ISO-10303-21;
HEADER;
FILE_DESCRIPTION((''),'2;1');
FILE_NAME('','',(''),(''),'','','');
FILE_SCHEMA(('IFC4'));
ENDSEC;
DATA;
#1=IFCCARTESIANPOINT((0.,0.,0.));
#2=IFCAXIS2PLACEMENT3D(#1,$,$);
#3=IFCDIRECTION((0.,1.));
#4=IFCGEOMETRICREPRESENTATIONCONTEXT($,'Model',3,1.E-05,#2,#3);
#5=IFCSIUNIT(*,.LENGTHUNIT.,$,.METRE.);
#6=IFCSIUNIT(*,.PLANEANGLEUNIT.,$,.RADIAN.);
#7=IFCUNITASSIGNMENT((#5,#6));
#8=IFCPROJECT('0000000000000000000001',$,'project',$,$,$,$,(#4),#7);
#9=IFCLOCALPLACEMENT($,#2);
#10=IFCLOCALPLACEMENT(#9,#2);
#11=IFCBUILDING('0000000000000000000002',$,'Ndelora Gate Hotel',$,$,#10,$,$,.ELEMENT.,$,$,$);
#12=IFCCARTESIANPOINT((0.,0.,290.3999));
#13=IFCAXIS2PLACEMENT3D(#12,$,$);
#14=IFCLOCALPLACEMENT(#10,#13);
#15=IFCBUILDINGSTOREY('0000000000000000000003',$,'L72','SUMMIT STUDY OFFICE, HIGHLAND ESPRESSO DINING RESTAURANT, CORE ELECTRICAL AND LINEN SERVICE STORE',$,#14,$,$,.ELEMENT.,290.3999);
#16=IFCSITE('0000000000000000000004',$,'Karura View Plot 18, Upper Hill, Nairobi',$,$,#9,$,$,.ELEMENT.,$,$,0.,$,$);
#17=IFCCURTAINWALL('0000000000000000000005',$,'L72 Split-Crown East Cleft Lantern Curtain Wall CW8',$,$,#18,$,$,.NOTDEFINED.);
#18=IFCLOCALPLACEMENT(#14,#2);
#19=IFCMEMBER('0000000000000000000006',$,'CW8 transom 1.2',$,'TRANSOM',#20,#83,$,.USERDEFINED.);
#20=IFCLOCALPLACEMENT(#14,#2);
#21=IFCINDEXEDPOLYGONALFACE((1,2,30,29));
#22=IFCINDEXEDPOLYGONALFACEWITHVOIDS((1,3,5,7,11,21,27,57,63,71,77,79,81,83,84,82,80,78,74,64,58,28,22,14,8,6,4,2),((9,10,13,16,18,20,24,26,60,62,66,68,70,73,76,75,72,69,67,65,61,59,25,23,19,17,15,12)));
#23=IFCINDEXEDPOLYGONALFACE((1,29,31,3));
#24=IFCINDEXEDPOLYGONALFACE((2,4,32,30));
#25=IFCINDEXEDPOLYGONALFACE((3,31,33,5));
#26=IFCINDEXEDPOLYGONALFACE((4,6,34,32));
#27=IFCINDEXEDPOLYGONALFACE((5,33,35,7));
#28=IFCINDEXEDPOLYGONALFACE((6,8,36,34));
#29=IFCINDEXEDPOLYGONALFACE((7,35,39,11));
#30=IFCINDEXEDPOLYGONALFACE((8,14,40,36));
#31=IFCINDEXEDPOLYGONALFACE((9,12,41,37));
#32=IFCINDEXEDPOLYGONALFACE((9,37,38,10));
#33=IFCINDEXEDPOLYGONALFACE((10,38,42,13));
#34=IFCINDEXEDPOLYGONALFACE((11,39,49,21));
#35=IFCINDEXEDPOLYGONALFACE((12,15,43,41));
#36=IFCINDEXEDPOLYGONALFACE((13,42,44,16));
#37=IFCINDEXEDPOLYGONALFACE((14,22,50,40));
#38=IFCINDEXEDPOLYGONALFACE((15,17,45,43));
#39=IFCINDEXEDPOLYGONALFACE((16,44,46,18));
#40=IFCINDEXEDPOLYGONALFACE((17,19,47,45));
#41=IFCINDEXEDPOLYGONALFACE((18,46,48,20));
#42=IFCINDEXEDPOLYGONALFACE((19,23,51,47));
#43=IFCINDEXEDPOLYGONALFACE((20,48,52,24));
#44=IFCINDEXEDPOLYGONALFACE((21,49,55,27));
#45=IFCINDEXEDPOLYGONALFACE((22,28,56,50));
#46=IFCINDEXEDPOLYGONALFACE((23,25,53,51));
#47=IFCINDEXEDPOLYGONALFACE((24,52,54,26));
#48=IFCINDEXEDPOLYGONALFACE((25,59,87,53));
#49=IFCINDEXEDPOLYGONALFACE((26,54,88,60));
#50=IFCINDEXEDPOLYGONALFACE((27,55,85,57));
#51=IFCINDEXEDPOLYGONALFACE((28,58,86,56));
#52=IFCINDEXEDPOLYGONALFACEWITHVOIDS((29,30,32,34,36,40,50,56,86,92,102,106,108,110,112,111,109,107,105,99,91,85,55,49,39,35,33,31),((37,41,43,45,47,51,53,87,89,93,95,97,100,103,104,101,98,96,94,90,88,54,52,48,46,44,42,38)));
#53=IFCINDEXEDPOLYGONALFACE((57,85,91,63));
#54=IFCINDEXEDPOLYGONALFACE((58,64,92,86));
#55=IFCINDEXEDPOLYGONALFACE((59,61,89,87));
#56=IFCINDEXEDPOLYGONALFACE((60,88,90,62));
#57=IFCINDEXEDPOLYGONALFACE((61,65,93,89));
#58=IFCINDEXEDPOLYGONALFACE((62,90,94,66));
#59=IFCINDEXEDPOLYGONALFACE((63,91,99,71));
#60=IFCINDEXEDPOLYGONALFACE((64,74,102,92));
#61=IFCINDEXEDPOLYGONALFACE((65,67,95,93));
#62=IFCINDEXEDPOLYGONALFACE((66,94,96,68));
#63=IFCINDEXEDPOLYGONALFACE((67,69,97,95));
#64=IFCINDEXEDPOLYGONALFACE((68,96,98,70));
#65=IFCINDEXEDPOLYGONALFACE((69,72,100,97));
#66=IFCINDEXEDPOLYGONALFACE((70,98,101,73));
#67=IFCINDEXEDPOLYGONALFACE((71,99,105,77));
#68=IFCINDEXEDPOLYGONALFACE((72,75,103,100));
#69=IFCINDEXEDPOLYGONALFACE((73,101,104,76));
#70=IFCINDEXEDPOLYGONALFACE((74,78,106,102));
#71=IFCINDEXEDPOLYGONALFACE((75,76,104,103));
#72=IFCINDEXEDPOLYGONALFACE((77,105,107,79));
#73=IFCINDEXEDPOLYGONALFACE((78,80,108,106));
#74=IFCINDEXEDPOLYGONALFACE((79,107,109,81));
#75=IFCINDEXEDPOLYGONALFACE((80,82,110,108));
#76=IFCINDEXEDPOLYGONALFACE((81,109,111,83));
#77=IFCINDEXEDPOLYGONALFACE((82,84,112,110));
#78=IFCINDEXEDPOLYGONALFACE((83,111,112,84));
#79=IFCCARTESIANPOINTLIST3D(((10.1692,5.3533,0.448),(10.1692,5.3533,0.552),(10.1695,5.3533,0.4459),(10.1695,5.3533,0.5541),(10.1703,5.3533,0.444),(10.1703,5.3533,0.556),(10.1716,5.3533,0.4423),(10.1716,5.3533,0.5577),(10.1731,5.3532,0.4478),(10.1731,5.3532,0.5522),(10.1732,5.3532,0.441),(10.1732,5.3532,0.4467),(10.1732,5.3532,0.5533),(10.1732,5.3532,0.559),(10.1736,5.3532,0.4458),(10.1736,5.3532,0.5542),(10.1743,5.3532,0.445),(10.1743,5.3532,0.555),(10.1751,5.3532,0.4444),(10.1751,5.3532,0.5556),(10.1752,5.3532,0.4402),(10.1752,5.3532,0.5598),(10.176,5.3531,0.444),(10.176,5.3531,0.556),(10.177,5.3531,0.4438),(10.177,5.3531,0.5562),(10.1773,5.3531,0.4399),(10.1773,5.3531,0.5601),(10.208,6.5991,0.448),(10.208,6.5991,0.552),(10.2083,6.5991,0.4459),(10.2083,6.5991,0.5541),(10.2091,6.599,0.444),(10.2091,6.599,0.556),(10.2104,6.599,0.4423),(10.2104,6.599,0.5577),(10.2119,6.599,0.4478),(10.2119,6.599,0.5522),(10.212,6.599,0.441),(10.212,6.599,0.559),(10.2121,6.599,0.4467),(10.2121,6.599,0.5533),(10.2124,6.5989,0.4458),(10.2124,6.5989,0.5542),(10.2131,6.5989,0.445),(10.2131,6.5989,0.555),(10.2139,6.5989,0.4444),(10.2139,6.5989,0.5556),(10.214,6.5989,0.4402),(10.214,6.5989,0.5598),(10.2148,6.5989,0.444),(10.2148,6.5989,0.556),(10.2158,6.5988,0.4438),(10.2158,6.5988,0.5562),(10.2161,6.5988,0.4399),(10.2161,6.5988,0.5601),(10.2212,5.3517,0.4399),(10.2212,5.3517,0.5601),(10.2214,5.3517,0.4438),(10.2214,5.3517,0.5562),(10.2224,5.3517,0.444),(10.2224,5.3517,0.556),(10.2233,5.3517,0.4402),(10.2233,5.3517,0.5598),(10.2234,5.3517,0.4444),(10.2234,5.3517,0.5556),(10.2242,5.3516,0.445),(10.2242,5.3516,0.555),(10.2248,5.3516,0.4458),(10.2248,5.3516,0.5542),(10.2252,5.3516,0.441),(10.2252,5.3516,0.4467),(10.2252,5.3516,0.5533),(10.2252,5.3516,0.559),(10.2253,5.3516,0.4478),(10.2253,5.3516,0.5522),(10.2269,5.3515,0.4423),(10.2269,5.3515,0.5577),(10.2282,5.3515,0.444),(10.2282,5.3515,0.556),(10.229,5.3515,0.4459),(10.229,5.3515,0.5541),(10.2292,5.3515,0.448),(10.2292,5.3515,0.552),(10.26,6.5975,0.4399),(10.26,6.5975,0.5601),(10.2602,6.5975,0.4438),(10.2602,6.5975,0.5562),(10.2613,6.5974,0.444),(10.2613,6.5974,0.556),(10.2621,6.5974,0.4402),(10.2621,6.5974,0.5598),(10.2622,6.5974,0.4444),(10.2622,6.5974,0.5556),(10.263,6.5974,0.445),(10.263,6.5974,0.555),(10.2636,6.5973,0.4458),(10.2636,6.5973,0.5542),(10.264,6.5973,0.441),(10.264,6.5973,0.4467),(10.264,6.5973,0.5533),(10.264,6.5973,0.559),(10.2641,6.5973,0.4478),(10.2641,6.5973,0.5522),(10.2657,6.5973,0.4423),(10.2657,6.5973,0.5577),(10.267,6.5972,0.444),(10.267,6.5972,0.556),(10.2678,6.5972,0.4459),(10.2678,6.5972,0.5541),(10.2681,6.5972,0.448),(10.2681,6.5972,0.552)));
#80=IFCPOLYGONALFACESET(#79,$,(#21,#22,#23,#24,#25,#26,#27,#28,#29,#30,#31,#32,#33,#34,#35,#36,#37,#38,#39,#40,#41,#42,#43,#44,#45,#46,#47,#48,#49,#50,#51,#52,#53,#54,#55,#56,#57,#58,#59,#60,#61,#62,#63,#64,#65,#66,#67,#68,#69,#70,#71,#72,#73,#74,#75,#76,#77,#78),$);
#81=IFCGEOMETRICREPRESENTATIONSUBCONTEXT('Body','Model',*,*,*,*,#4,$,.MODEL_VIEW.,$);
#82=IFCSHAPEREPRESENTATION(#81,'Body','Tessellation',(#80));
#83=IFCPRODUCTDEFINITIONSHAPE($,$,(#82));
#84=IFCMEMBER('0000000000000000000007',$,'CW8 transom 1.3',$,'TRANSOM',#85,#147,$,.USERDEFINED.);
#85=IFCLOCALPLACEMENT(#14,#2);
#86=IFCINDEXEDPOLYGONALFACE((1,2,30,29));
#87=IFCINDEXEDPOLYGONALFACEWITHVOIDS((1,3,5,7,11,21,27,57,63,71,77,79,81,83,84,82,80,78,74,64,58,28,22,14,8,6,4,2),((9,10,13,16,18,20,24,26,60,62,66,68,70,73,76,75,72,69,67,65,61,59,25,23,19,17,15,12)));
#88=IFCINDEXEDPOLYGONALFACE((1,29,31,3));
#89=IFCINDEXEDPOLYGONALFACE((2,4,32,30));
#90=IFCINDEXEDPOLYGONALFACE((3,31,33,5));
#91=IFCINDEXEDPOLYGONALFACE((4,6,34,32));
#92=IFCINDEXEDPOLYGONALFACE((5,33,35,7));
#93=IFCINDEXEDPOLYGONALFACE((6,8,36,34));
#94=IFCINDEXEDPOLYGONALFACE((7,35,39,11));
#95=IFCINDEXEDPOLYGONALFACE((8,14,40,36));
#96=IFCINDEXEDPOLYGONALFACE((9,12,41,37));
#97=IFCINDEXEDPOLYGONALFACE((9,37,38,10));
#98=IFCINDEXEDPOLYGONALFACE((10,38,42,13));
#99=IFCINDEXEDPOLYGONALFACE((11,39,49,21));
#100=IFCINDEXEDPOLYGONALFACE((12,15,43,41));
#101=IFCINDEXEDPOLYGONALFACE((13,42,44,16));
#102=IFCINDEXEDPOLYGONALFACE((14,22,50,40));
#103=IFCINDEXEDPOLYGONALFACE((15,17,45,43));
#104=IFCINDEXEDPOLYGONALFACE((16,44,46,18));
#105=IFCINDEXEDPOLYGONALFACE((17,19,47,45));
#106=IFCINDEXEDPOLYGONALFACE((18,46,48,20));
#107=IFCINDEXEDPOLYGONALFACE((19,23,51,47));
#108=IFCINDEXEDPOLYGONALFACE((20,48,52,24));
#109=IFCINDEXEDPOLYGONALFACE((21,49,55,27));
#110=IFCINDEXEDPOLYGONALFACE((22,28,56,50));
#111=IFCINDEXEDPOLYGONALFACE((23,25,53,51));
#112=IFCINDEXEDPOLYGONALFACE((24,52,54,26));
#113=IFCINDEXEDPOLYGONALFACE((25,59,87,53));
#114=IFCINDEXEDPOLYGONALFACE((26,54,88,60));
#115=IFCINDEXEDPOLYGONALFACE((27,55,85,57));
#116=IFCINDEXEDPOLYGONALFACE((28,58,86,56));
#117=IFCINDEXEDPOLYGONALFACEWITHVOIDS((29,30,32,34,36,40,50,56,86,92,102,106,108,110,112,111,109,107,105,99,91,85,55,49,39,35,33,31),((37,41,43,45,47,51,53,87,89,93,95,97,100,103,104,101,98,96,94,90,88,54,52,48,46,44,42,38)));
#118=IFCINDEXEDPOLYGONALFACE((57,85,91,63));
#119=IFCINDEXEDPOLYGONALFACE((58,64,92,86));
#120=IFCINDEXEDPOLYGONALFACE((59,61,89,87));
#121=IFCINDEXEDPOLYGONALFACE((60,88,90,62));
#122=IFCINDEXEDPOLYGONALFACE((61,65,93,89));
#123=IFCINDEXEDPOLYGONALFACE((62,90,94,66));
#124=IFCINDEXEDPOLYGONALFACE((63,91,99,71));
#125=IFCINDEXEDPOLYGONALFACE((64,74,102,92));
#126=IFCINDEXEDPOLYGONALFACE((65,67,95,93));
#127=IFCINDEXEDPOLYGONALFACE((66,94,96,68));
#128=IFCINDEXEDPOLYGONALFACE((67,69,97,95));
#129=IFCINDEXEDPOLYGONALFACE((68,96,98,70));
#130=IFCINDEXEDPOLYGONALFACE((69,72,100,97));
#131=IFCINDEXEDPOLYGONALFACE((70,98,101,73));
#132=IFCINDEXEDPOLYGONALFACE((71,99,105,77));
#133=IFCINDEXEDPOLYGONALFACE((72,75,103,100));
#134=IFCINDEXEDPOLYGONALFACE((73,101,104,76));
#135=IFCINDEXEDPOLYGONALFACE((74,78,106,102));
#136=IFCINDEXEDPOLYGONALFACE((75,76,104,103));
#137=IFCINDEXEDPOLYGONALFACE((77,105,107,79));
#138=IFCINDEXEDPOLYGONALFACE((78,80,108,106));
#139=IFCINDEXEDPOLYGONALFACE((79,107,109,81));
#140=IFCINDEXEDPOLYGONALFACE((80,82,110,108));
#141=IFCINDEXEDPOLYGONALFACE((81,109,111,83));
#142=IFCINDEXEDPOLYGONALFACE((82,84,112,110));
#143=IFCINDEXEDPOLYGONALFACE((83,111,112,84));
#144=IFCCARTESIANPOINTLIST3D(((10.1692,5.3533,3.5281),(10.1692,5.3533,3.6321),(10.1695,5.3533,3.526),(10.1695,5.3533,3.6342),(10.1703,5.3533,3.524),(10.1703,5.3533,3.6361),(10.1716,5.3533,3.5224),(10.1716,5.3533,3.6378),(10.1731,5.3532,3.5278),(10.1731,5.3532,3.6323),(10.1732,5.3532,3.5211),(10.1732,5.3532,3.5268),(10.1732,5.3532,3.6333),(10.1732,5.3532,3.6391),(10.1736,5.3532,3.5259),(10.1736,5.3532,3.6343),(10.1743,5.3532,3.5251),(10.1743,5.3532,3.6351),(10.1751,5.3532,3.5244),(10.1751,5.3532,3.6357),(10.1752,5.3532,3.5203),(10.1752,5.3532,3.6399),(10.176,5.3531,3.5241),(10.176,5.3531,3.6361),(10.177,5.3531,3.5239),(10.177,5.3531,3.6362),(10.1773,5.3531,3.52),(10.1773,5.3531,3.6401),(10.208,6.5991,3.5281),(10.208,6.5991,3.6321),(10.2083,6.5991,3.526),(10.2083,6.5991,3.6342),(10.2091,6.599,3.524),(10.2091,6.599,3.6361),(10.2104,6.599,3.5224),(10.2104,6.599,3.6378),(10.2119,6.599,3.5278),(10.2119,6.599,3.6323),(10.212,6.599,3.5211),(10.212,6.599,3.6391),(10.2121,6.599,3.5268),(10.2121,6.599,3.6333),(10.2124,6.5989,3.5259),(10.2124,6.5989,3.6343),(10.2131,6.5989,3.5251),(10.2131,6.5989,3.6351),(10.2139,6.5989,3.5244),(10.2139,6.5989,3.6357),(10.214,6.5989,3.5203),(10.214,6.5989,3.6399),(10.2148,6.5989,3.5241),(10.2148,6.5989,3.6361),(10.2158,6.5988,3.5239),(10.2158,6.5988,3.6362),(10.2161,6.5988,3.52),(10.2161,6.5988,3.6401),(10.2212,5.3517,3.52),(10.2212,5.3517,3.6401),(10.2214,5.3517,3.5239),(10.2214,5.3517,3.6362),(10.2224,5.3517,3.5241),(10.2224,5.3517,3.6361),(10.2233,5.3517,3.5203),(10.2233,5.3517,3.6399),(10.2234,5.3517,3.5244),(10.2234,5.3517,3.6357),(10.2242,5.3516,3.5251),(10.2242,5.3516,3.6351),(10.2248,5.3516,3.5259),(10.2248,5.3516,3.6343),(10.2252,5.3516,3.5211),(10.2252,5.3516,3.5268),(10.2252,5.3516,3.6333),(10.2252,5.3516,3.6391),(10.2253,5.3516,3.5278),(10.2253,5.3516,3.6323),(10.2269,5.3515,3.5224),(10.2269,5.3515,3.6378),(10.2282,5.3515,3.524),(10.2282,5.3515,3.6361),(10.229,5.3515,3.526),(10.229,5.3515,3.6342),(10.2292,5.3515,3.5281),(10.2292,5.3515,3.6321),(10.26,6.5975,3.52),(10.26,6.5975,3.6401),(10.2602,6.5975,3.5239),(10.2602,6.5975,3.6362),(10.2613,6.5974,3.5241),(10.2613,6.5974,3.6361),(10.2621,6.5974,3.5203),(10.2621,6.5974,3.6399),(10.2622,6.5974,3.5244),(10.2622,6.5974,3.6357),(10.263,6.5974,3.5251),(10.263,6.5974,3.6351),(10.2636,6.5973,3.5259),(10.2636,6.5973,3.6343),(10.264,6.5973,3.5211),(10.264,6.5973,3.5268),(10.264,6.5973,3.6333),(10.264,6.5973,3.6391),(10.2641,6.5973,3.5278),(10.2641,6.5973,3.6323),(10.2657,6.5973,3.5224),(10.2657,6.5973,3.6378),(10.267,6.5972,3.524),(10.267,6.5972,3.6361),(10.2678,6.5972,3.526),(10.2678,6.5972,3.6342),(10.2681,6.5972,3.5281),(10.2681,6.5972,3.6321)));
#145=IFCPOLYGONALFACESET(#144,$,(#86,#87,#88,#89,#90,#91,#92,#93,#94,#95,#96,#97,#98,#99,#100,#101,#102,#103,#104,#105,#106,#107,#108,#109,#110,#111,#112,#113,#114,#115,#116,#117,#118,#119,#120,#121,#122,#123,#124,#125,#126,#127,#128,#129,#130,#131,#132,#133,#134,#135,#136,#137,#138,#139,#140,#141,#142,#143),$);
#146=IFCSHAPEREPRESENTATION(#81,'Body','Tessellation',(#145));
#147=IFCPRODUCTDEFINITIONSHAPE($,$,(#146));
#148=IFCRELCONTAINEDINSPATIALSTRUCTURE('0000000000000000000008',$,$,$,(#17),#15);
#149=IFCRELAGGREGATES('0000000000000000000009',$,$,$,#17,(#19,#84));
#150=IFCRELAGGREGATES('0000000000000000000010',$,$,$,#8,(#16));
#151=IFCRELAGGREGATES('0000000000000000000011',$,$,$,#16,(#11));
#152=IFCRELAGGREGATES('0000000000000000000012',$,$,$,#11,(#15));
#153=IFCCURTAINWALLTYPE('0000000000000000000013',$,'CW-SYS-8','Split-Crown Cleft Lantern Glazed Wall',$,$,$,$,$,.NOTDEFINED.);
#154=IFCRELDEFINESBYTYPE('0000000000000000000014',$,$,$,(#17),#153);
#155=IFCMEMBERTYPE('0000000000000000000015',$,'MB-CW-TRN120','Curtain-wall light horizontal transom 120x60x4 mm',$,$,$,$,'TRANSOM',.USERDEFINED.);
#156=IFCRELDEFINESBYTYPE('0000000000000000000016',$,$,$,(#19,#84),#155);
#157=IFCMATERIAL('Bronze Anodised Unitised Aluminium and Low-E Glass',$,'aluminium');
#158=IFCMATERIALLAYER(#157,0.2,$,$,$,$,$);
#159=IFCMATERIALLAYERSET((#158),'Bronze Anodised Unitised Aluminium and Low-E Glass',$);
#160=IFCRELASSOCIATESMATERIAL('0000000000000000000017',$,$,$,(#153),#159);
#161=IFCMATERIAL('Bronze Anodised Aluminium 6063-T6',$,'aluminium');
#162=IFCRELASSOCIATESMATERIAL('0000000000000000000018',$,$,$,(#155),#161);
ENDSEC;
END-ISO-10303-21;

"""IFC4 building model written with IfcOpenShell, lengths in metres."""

from ifc_helpers import new_model, si_unit, direction, frame, origin, origin_2d, place, context, subcontext, project, spatial, hollow_rectangle, extrude, material, layer, layer_set, material_profile, profile_set, type_object, element, aggregate, save


model = new_model("IFC4")

# Units and contexts
model_context = context("Model", 3, precision=1e-05, world=origin(), true_north=direction((0.0, 1.0)))
body_context = subcontext(model_context, "Body", "Model", "MODEL_VIEW")
ifc_project = project(units=[si_unit("LENGTHUNIT", "METRE"), si_unit("PLANEANGLEUNIT", "RADIAN")], contexts=[model_context])

# Site, building, storey
site_placement = place(None, origin())
site = spatial("IfcSite", under=ifc_project, at=site_placement, Name="Karura View Plot 18, Upper Hill, Nairobi", CompositionType="ELEMENT", RefElevation=0.0)
building_placement = place(site_placement, origin())
building = spatial("IfcBuilding", under=site, at=building_placement, Name="Ndelora Gate Hotel", CompositionType="ELEMENT")
storey_placement = place(building_placement, frame((0.0, 0.0, 290.3999)))
storey = spatial("IfcBuildingStorey", under=building, at=storey_placement, Name="L72", Description="SUMMIT STUDY OFFICE, HIGHLAND ESPRESSO DINING RESTAURANT, CORE ELECTRICAL AND LINEN SERVICE STORE", CompositionType="ELEMENT", Elevation=290.3999)

# Shared definitions
ifc_material_1 = material(Name="Bronze Anodised Unitised Aluminium and Low-E Glass", Category="aluminium")
ifc_layer_1 = layer(ifc_material_1, 0.2)
ifc_layer_set_1 = layer_set([ifc_layer_1], Name="Bronze Anodised Unitised Aluminium and Low-E Glass")
curtain_wall_type = type_object("IfcCurtainWallType", Name="CW-SYS-8", Description="Split-Crown Cleft Lantern Glazed Wall", PredefinedType="NOTDEFINED", material=ifc_layer_set_1)
ifc_material_2 = material(Name="Bronze Anodised Aluminium 6063-T6", Category="aluminium")

# Curtain wall, members
curtain_wall_1_placement = place(storey_placement, origin())
curtain_wall_1 = element("IfcCurtainWall", 1, at=curtain_wall_1_placement, inside=storey, type_object=curtain_wall_type, Name="L72 Split-Crown East Cleft Lantern Curtain Wall CW8", PredefinedType="NOTDEFINED")
ifc_material_profile_1 = material_profile(ifc_material_2, hollow_rectangle(XDim=0.0601, YDim=0.1201, WallThickness=0.0039, InnerFilletRadius=0.0039, OuterFilletRadius=0.0081, at=origin_2d()), Name="ALU 120x60x4")
ifc_profile_set_1 = profile_set([ifc_material_profile_1], Name="Bronze Anodised Aluminium 6063-T6")
member_type_1 = type_object("IfcMemberType", Name="MB-CW-TRN120", Description="Curtain-wall light horizontal transom 120x60x4 mm", ElementType="TRANSOM", PredefinedType="USERDEFINED", material=ifc_profile_set_1)
member_1_placement = place(storey_placement, frame((10.238, 6.5981, 0.5), z_axis=(-0.031143, -0.999515, 0.0), x_axis=(0.999515, -0.031143, 0.0)))
member_1 = element("IfcMember", 2, at=member_1_placement, type_object=member_type_1, Name="CW8 transom 1.2", ObjectType="TRANSOM", PredefinedType="USERDEFINED", context=body_context, shape_type="SweptSolid", body=[
    extrude(hollow_rectangle(XDim=0.0601, YDim=0.1201, WallThickness=0.0039, InnerFilletRadius=0.0039, OuterFilletRadius=0.0081, at=origin_2d()), origin(), (0.0, 0.0, 1.0), 1.2463),
])
member_2_placement = place(storey_placement, frame((10.238, 6.5981, 3.5801), z_axis=(-0.031143, -0.999515, 0.0), x_axis=(0.999515, -0.031143, 0.0)))
member_2 = element("IfcMember", 3, at=member_2_placement, type_object=member_type_1, Name="CW8 transom 1.3", ObjectType="TRANSOM", PredefinedType="USERDEFINED", context=body_context, shape_type="SweptSolid", body=[
    extrude(hollow_rectangle(XDim=0.0601, YDim=0.1201, WallThickness=0.0039, InnerFilletRadius=0.0039, OuterFilletRadius=0.0081, at=origin_2d()), origin(), (0.0, 0.0, 1.0), 1.2463),
])
aggregate(curtain_wall_1, [member_1, member_2])

save(model, "model.ifc")
